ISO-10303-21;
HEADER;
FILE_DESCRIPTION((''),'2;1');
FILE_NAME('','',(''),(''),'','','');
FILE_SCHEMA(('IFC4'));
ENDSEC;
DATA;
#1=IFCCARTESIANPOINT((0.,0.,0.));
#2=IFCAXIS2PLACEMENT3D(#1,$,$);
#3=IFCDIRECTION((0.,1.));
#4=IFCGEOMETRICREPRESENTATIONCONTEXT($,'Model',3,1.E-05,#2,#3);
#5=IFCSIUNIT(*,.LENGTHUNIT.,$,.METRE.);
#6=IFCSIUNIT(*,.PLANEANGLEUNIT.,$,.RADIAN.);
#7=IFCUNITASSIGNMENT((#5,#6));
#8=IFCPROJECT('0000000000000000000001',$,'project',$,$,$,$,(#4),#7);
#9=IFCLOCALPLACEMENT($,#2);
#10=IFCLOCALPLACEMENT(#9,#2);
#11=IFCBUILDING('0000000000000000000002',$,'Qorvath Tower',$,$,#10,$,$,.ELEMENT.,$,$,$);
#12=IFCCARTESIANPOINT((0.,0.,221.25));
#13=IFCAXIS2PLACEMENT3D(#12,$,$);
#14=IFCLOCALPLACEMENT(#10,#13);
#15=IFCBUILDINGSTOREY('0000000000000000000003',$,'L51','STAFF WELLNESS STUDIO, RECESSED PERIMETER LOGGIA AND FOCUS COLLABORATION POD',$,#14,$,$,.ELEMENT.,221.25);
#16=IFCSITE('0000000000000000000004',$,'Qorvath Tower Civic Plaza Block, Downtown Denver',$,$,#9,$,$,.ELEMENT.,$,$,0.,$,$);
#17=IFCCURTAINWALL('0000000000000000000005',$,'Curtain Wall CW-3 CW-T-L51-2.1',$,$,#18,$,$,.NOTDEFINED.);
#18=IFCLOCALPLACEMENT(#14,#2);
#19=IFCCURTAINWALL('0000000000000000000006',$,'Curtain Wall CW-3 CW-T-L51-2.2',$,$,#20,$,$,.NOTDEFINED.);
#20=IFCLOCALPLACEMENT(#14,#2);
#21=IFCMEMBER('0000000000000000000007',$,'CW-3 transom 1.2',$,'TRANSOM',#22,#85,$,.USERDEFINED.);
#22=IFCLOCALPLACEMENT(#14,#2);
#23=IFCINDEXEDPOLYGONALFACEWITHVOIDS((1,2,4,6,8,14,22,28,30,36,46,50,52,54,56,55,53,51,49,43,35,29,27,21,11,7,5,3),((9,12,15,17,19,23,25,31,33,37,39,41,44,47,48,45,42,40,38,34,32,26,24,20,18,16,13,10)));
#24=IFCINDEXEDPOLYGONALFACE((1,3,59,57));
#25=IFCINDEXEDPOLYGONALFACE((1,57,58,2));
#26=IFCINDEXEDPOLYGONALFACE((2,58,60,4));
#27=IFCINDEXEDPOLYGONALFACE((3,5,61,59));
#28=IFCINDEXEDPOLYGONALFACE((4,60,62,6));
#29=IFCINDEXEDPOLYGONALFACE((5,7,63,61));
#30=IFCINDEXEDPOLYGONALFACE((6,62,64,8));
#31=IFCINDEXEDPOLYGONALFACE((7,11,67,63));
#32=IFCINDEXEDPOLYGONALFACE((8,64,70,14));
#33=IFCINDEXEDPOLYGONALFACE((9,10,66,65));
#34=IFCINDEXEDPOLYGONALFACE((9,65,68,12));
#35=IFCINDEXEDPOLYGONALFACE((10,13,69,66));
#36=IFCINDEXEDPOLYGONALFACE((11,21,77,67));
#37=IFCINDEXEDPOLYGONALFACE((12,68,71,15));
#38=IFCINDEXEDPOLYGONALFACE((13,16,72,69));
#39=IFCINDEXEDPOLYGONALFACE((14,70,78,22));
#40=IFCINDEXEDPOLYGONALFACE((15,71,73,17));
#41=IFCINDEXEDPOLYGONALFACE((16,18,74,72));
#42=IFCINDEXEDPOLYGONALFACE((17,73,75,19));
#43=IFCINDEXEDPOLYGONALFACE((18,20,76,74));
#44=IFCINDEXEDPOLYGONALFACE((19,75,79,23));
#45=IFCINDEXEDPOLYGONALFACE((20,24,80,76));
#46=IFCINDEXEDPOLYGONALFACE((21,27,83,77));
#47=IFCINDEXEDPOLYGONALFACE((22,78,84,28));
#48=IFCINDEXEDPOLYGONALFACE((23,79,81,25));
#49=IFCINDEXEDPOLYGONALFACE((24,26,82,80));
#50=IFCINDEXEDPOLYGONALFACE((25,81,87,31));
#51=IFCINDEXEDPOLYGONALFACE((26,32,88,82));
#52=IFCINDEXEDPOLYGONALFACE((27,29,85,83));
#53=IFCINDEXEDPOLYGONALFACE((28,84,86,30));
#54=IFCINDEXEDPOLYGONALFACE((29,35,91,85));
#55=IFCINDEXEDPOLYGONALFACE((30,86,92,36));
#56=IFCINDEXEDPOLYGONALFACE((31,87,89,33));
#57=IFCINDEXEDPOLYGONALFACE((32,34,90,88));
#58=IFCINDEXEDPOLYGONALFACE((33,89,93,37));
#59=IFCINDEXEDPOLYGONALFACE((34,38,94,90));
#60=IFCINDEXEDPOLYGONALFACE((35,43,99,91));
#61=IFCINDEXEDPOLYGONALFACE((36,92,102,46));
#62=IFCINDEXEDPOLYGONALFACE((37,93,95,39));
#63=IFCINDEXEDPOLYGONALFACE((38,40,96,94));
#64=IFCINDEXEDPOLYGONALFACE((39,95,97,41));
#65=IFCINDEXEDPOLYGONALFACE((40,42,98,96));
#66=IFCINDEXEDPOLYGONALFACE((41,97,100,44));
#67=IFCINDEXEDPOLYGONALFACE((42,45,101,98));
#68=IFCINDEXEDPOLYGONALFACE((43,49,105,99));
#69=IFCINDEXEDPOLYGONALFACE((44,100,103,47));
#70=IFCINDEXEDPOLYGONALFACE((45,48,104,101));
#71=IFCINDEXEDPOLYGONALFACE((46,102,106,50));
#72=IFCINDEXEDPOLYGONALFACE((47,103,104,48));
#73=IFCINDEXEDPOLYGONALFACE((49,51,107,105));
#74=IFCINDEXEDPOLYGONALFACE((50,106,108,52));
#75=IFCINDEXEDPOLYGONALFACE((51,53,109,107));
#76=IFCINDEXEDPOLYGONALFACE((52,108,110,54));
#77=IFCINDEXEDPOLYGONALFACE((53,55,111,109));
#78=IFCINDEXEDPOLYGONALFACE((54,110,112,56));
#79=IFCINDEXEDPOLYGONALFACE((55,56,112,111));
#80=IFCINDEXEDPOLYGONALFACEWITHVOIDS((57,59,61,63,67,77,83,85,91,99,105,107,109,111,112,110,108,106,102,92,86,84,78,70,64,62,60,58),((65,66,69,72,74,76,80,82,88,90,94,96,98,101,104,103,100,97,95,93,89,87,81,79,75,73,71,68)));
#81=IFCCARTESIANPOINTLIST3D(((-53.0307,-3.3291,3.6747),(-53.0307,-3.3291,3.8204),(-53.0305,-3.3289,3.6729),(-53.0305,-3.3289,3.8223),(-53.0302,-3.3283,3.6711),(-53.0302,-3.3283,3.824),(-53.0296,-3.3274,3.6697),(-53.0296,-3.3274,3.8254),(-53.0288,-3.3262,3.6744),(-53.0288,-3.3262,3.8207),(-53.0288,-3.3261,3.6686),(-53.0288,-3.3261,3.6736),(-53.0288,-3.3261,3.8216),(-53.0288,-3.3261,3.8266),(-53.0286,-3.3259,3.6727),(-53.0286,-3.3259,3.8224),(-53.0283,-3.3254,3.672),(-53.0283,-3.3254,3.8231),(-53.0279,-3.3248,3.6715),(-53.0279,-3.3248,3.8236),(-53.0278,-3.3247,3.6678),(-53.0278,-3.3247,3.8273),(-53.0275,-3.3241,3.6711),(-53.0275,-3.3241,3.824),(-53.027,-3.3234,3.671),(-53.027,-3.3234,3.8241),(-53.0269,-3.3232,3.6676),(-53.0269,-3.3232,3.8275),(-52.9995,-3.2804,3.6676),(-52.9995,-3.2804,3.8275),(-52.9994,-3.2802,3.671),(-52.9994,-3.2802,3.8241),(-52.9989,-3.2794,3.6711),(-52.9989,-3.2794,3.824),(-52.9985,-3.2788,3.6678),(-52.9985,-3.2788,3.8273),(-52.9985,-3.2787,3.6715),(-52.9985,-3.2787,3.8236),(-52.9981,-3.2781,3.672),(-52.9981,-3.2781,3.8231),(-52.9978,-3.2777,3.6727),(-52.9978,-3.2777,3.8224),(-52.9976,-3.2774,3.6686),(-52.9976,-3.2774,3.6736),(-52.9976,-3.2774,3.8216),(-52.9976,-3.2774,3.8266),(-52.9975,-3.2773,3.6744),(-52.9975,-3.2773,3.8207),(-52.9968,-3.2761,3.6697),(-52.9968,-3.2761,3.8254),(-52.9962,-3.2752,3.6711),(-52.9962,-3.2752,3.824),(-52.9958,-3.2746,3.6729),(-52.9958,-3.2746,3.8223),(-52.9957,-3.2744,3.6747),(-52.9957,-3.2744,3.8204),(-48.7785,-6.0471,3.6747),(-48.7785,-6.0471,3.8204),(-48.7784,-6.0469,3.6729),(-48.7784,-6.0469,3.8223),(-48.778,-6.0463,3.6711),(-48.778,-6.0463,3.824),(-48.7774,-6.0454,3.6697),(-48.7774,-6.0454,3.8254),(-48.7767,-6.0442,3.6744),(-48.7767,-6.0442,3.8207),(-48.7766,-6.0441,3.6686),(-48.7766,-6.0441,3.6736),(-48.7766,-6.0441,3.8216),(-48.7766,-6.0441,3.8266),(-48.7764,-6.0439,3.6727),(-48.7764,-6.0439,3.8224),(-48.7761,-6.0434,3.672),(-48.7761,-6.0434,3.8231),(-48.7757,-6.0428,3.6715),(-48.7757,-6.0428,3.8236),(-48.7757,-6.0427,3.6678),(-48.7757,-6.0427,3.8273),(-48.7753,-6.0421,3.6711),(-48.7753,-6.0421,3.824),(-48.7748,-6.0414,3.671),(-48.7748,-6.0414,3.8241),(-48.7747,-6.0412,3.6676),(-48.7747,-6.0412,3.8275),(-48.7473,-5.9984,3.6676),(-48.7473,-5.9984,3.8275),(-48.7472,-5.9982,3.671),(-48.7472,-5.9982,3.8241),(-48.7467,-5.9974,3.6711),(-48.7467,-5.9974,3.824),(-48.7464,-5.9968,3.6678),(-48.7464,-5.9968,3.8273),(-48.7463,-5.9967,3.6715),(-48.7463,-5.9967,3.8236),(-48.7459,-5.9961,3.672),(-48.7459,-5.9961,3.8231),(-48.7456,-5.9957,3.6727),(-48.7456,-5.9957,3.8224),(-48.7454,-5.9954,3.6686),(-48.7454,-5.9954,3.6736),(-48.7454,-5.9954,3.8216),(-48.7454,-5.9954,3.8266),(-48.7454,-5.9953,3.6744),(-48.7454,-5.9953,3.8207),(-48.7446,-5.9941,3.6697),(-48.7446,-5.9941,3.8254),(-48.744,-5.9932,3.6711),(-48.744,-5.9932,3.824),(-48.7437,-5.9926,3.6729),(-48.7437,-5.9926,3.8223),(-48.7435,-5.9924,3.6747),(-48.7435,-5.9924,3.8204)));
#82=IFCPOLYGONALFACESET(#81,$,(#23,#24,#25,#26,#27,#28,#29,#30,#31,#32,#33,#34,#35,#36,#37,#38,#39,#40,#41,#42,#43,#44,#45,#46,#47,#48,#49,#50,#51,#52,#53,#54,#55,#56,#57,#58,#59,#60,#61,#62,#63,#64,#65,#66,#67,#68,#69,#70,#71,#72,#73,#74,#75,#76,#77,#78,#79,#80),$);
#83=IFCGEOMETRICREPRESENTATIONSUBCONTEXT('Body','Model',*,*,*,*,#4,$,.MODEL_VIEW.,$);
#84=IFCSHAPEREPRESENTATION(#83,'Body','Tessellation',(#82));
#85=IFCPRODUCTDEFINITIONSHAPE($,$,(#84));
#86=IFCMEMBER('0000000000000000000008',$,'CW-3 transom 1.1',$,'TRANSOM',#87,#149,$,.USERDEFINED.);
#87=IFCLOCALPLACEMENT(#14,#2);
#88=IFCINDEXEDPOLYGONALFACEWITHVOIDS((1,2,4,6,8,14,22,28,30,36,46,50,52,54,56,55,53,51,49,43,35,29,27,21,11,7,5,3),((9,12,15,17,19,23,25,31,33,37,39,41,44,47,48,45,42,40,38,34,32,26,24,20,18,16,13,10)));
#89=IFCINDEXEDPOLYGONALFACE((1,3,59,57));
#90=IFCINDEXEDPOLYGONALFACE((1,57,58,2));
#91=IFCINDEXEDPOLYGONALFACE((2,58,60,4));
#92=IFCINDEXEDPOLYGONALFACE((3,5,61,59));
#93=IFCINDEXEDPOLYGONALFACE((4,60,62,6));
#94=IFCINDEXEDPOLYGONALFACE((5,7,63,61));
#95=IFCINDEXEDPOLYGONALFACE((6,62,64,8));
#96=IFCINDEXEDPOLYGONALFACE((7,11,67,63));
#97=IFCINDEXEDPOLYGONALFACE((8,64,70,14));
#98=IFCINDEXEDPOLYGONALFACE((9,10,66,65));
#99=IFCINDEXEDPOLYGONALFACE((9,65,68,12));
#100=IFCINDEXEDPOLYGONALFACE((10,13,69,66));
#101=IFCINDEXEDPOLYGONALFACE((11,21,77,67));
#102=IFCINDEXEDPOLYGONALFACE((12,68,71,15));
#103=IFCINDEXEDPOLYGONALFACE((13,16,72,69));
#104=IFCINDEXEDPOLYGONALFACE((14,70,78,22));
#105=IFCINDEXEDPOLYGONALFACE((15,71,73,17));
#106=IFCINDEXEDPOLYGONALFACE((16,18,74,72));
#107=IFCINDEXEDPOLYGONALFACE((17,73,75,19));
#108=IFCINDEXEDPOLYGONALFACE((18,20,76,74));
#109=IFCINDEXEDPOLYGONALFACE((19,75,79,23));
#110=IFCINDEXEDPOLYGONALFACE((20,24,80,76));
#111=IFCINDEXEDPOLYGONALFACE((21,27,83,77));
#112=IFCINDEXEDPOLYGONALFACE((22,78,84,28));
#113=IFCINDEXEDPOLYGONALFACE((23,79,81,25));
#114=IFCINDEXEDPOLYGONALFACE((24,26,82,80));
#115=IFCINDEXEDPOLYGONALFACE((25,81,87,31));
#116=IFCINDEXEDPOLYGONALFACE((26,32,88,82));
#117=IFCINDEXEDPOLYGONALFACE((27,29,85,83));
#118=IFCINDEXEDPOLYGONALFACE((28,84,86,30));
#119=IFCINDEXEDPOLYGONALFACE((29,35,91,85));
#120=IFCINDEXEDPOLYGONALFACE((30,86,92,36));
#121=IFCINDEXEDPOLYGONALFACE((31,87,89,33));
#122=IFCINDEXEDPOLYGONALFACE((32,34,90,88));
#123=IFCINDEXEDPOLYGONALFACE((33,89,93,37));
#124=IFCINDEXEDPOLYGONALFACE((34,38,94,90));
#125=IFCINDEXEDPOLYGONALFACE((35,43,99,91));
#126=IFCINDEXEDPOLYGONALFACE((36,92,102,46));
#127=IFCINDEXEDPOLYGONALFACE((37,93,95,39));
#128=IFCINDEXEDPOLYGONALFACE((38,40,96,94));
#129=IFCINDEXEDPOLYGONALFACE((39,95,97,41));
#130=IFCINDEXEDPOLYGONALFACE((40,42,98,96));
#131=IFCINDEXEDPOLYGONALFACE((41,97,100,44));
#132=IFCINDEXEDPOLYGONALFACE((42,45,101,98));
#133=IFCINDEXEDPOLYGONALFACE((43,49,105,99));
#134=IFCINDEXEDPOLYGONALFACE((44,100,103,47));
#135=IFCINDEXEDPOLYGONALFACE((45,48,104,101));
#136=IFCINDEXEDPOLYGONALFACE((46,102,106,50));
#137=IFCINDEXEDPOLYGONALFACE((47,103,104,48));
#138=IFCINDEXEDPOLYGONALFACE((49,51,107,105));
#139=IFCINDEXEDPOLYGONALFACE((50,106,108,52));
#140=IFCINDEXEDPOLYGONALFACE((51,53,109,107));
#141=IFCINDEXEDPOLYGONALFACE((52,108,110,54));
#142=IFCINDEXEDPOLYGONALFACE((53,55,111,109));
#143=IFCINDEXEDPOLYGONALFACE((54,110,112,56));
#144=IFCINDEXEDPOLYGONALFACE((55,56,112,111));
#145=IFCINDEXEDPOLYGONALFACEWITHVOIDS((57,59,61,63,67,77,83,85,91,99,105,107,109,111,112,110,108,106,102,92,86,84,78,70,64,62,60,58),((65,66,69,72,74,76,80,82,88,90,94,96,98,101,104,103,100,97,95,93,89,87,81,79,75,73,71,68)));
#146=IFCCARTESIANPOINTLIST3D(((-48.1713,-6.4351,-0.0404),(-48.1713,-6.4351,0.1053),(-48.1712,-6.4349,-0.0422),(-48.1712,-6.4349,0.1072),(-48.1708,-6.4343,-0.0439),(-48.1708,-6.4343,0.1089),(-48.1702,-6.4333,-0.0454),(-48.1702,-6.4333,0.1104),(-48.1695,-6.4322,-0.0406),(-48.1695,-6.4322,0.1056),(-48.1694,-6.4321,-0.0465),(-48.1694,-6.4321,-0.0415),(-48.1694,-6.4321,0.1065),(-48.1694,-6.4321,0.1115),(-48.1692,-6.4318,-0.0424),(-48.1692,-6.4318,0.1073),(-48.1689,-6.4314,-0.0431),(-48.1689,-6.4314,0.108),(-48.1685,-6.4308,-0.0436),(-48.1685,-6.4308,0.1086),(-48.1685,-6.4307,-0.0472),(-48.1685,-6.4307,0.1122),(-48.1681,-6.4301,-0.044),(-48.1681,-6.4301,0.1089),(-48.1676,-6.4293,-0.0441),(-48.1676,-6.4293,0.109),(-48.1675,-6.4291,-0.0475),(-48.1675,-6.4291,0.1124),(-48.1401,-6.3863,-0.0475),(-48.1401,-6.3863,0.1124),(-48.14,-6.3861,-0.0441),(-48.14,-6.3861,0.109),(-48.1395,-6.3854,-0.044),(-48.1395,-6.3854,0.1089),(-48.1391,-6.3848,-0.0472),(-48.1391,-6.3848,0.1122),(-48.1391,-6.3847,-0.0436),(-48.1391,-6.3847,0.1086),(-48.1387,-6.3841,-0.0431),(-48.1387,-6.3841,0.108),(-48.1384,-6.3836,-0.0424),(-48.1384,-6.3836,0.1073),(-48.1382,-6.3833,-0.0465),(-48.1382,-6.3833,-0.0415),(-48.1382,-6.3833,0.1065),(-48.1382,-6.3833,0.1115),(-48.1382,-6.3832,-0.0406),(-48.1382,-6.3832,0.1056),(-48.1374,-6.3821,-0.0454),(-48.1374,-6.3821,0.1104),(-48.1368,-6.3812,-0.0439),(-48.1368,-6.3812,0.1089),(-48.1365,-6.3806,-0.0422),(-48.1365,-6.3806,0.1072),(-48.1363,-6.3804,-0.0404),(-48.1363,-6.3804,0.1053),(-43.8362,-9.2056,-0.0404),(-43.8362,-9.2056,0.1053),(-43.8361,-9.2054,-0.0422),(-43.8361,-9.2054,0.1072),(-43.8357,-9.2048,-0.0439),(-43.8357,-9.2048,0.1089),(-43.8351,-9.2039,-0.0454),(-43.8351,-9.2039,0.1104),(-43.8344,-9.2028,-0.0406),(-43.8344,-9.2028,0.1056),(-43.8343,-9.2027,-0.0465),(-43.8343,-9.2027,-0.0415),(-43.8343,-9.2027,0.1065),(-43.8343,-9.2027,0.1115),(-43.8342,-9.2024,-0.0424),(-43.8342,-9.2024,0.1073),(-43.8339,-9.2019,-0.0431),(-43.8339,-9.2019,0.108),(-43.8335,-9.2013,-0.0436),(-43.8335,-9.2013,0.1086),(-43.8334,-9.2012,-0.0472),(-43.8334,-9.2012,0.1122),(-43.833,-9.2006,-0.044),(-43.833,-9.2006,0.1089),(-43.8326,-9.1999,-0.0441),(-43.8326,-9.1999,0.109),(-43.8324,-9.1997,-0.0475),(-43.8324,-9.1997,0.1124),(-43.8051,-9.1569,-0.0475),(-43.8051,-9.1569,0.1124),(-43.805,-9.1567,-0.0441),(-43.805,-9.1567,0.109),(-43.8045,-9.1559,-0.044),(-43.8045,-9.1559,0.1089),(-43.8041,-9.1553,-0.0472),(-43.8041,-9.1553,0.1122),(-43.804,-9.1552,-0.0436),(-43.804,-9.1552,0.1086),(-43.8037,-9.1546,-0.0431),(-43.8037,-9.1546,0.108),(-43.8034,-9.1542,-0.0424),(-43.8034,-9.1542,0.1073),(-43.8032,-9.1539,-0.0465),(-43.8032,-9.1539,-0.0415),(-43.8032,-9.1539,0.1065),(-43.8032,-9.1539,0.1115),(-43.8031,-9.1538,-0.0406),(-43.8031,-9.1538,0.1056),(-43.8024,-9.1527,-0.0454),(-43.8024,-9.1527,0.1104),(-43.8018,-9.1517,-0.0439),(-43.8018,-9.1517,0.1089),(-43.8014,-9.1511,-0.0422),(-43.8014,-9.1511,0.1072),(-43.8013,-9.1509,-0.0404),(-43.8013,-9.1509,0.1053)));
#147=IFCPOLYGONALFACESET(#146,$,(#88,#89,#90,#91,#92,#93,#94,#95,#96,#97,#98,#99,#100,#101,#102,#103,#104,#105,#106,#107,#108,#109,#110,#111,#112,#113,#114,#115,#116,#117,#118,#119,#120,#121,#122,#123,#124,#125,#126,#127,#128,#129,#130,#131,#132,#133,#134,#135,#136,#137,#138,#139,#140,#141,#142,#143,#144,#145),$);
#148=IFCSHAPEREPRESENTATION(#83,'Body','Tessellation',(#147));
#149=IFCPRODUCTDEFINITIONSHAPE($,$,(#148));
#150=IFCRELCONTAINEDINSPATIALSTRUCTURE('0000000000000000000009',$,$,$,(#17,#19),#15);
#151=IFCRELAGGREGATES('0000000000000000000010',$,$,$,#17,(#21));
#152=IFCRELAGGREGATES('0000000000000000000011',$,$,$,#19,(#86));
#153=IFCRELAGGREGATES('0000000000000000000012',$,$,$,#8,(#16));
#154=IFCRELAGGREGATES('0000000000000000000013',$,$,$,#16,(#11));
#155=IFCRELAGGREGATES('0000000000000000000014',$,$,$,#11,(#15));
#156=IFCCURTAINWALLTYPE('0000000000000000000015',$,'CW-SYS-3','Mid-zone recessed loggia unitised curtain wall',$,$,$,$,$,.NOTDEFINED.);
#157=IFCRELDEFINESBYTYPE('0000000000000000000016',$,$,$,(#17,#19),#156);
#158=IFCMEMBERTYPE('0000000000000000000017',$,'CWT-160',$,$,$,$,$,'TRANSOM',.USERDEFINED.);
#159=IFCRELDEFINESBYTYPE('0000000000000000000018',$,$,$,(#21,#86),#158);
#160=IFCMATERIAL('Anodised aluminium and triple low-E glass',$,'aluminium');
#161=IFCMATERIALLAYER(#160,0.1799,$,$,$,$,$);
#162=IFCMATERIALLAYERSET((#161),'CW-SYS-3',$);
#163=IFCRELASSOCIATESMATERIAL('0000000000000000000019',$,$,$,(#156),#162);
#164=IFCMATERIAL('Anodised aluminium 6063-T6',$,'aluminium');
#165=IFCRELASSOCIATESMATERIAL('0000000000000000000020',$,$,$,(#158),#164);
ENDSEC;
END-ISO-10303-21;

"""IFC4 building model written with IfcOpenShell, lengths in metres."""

from ifc_helpers import new_model, si_unit, direction, frame, origin, origin_2d, place, context, subcontext, project, spatial, hollow_rectangle, extrude, material, layer, layer_set, material_profile, profile_set, type_object, element, aggregate, save


model = new_model("IFC4")

# Units and contexts
model_context = context("Model", 3, precision=1e-05, world=origin(), true_north=direction((0.0, 1.0)))
body_context = subcontext(model_context, "Body", "Model", "MODEL_VIEW")
ifc_project = project(units=[si_unit("LENGTHUNIT", "METRE"), si_unit("PLANEANGLEUNIT", "RADIAN")], contexts=[model_context])

# Site, building, storey
site_placement = place(None, origin())
site = spatial("IfcSite", under=ifc_project, at=site_placement, Name="Qorvath Tower Civic Plaza Block, Downtown Denver", CompositionType="ELEMENT", RefElevation=0.0)
building_placement = place(site_placement, origin())
building = spatial("IfcBuilding", under=site, at=building_placement, Name="Qorvath Tower", CompositionType="ELEMENT")
storey_placement = place(building_placement, frame((0.0, 0.0, 221.25)))
storey = spatial("IfcBuildingStorey", under=building, at=storey_placement, Name="L51", Description="STAFF WELLNESS STUDIO, RECESSED PERIMETER LOGGIA AND FOCUS COLLABORATION POD", CompositionType="ELEMENT", Elevation=221.25)

# Curtain walls
ifc_material_1 = material(Name="Anodised aluminium and triple low-E glass", Category="aluminium")
ifc_layer_1 = layer(ifc_material_1, 0.1799)
ifc_layer_set_1 = layer_set([ifc_layer_1], Name="CW-SYS-3")
curtain_wall_type = type_object("IfcCurtainWallType", Name="CW-SYS-3", Description="Mid-zone recessed loggia unitised curtain wall", PredefinedType="NOTDEFINED", material=ifc_layer_set_1)
curtain_wall_1_placement = place(storey_placement, origin())
curtain_wall_1 = element("IfcCurtainWall", 1, at=curtain_wall_1_placement, inside=storey, type_object=curtain_wall_type, Name="Curtain Wall CW-3 CW-T-L51-2.1", PredefinedType="NOTDEFINED")
curtain_wall_2_placement = place(storey_placement, origin())
curtain_wall_2 = element("IfcCurtainWall", 2, at=curtain_wall_2_placement, inside=storey, type_object=curtain_wall_type, Name="Curtain Wall CW-3 CW-T-L51-2.2", PredefinedType="NOTDEFINED")

# Members
ifc_material_2 = material(Name="Anodised aluminium 6063-T6", Category="aluminium")
ifc_material_profile_1 = material_profile(ifc_material_2, hollow_rectangle(XDim=0.0649, YDim=0.1599, WallThickness=0.0034, InnerFilletRadius=0.0034, OuterFilletRadius=0.0071, at=origin_2d()), Name="CWT 160x65")
ifc_profile_set_1 = profile_set([ifc_material_profile_1], Name="Anodised aluminium 6063-T6")
member_type_1 = type_object("IfcMemberType", Name="CWT-160", ElementType="TRANSOM", PredefinedType="USERDEFINED", material=ifc_profile_set_1)
member_1_placement = place(storey_placement, frame((-53.0132, -3.3018, 3.7476), z_axis=(0.842576, -0.538577, 0.0), x_axis=(0.538577, 0.842576, 0.0)))
member_1 = element("IfcMember", 3, at=member_1_placement, type_object=member_type_1, Name="CW-3 transom 1.2", ObjectType="TRANSOM", PredefinedType="USERDEFINED", context=body_context, shape_type="SweptSolid", body=[
    extrude(hollow_rectangle(XDim=0.0649, YDim=0.1599, WallThickness=0.0034, InnerFilletRadius=0.0034, OuterFilletRadius=0.0071, at=origin_2d()), origin(), (0.0, 0.0, 1.0), 5.0466),
])
member_2_placement = place(storey_placement, frame((-48.1538, -6.4077, 0.0325), z_axis=(0.842613, -0.53852, 0.0), x_axis=(0.53852, 0.842613, 0.0)))
member_2 = element("IfcMember", 4, at=member_2_placement, type_object=member_type_1, Name="CW-3 transom 1.1", ObjectType="TRANSOM", PredefinedType="USERDEFINED", context=body_context, shape_type="SweptSolid", body=[
    extrude(hollow_rectangle(XDim=0.0649, YDim=0.1599, WallThickness=0.0034, InnerFilletRadius=0.0034, OuterFilletRadius=0.0071, at=origin_2d()), origin(), (0.0, 0.0, 1.0), 5.1448),
])

aggregate(curtain_wall_1, [member_1])
aggregate(curtain_wall_2, [member_2])

save(model, "model.ifc")
